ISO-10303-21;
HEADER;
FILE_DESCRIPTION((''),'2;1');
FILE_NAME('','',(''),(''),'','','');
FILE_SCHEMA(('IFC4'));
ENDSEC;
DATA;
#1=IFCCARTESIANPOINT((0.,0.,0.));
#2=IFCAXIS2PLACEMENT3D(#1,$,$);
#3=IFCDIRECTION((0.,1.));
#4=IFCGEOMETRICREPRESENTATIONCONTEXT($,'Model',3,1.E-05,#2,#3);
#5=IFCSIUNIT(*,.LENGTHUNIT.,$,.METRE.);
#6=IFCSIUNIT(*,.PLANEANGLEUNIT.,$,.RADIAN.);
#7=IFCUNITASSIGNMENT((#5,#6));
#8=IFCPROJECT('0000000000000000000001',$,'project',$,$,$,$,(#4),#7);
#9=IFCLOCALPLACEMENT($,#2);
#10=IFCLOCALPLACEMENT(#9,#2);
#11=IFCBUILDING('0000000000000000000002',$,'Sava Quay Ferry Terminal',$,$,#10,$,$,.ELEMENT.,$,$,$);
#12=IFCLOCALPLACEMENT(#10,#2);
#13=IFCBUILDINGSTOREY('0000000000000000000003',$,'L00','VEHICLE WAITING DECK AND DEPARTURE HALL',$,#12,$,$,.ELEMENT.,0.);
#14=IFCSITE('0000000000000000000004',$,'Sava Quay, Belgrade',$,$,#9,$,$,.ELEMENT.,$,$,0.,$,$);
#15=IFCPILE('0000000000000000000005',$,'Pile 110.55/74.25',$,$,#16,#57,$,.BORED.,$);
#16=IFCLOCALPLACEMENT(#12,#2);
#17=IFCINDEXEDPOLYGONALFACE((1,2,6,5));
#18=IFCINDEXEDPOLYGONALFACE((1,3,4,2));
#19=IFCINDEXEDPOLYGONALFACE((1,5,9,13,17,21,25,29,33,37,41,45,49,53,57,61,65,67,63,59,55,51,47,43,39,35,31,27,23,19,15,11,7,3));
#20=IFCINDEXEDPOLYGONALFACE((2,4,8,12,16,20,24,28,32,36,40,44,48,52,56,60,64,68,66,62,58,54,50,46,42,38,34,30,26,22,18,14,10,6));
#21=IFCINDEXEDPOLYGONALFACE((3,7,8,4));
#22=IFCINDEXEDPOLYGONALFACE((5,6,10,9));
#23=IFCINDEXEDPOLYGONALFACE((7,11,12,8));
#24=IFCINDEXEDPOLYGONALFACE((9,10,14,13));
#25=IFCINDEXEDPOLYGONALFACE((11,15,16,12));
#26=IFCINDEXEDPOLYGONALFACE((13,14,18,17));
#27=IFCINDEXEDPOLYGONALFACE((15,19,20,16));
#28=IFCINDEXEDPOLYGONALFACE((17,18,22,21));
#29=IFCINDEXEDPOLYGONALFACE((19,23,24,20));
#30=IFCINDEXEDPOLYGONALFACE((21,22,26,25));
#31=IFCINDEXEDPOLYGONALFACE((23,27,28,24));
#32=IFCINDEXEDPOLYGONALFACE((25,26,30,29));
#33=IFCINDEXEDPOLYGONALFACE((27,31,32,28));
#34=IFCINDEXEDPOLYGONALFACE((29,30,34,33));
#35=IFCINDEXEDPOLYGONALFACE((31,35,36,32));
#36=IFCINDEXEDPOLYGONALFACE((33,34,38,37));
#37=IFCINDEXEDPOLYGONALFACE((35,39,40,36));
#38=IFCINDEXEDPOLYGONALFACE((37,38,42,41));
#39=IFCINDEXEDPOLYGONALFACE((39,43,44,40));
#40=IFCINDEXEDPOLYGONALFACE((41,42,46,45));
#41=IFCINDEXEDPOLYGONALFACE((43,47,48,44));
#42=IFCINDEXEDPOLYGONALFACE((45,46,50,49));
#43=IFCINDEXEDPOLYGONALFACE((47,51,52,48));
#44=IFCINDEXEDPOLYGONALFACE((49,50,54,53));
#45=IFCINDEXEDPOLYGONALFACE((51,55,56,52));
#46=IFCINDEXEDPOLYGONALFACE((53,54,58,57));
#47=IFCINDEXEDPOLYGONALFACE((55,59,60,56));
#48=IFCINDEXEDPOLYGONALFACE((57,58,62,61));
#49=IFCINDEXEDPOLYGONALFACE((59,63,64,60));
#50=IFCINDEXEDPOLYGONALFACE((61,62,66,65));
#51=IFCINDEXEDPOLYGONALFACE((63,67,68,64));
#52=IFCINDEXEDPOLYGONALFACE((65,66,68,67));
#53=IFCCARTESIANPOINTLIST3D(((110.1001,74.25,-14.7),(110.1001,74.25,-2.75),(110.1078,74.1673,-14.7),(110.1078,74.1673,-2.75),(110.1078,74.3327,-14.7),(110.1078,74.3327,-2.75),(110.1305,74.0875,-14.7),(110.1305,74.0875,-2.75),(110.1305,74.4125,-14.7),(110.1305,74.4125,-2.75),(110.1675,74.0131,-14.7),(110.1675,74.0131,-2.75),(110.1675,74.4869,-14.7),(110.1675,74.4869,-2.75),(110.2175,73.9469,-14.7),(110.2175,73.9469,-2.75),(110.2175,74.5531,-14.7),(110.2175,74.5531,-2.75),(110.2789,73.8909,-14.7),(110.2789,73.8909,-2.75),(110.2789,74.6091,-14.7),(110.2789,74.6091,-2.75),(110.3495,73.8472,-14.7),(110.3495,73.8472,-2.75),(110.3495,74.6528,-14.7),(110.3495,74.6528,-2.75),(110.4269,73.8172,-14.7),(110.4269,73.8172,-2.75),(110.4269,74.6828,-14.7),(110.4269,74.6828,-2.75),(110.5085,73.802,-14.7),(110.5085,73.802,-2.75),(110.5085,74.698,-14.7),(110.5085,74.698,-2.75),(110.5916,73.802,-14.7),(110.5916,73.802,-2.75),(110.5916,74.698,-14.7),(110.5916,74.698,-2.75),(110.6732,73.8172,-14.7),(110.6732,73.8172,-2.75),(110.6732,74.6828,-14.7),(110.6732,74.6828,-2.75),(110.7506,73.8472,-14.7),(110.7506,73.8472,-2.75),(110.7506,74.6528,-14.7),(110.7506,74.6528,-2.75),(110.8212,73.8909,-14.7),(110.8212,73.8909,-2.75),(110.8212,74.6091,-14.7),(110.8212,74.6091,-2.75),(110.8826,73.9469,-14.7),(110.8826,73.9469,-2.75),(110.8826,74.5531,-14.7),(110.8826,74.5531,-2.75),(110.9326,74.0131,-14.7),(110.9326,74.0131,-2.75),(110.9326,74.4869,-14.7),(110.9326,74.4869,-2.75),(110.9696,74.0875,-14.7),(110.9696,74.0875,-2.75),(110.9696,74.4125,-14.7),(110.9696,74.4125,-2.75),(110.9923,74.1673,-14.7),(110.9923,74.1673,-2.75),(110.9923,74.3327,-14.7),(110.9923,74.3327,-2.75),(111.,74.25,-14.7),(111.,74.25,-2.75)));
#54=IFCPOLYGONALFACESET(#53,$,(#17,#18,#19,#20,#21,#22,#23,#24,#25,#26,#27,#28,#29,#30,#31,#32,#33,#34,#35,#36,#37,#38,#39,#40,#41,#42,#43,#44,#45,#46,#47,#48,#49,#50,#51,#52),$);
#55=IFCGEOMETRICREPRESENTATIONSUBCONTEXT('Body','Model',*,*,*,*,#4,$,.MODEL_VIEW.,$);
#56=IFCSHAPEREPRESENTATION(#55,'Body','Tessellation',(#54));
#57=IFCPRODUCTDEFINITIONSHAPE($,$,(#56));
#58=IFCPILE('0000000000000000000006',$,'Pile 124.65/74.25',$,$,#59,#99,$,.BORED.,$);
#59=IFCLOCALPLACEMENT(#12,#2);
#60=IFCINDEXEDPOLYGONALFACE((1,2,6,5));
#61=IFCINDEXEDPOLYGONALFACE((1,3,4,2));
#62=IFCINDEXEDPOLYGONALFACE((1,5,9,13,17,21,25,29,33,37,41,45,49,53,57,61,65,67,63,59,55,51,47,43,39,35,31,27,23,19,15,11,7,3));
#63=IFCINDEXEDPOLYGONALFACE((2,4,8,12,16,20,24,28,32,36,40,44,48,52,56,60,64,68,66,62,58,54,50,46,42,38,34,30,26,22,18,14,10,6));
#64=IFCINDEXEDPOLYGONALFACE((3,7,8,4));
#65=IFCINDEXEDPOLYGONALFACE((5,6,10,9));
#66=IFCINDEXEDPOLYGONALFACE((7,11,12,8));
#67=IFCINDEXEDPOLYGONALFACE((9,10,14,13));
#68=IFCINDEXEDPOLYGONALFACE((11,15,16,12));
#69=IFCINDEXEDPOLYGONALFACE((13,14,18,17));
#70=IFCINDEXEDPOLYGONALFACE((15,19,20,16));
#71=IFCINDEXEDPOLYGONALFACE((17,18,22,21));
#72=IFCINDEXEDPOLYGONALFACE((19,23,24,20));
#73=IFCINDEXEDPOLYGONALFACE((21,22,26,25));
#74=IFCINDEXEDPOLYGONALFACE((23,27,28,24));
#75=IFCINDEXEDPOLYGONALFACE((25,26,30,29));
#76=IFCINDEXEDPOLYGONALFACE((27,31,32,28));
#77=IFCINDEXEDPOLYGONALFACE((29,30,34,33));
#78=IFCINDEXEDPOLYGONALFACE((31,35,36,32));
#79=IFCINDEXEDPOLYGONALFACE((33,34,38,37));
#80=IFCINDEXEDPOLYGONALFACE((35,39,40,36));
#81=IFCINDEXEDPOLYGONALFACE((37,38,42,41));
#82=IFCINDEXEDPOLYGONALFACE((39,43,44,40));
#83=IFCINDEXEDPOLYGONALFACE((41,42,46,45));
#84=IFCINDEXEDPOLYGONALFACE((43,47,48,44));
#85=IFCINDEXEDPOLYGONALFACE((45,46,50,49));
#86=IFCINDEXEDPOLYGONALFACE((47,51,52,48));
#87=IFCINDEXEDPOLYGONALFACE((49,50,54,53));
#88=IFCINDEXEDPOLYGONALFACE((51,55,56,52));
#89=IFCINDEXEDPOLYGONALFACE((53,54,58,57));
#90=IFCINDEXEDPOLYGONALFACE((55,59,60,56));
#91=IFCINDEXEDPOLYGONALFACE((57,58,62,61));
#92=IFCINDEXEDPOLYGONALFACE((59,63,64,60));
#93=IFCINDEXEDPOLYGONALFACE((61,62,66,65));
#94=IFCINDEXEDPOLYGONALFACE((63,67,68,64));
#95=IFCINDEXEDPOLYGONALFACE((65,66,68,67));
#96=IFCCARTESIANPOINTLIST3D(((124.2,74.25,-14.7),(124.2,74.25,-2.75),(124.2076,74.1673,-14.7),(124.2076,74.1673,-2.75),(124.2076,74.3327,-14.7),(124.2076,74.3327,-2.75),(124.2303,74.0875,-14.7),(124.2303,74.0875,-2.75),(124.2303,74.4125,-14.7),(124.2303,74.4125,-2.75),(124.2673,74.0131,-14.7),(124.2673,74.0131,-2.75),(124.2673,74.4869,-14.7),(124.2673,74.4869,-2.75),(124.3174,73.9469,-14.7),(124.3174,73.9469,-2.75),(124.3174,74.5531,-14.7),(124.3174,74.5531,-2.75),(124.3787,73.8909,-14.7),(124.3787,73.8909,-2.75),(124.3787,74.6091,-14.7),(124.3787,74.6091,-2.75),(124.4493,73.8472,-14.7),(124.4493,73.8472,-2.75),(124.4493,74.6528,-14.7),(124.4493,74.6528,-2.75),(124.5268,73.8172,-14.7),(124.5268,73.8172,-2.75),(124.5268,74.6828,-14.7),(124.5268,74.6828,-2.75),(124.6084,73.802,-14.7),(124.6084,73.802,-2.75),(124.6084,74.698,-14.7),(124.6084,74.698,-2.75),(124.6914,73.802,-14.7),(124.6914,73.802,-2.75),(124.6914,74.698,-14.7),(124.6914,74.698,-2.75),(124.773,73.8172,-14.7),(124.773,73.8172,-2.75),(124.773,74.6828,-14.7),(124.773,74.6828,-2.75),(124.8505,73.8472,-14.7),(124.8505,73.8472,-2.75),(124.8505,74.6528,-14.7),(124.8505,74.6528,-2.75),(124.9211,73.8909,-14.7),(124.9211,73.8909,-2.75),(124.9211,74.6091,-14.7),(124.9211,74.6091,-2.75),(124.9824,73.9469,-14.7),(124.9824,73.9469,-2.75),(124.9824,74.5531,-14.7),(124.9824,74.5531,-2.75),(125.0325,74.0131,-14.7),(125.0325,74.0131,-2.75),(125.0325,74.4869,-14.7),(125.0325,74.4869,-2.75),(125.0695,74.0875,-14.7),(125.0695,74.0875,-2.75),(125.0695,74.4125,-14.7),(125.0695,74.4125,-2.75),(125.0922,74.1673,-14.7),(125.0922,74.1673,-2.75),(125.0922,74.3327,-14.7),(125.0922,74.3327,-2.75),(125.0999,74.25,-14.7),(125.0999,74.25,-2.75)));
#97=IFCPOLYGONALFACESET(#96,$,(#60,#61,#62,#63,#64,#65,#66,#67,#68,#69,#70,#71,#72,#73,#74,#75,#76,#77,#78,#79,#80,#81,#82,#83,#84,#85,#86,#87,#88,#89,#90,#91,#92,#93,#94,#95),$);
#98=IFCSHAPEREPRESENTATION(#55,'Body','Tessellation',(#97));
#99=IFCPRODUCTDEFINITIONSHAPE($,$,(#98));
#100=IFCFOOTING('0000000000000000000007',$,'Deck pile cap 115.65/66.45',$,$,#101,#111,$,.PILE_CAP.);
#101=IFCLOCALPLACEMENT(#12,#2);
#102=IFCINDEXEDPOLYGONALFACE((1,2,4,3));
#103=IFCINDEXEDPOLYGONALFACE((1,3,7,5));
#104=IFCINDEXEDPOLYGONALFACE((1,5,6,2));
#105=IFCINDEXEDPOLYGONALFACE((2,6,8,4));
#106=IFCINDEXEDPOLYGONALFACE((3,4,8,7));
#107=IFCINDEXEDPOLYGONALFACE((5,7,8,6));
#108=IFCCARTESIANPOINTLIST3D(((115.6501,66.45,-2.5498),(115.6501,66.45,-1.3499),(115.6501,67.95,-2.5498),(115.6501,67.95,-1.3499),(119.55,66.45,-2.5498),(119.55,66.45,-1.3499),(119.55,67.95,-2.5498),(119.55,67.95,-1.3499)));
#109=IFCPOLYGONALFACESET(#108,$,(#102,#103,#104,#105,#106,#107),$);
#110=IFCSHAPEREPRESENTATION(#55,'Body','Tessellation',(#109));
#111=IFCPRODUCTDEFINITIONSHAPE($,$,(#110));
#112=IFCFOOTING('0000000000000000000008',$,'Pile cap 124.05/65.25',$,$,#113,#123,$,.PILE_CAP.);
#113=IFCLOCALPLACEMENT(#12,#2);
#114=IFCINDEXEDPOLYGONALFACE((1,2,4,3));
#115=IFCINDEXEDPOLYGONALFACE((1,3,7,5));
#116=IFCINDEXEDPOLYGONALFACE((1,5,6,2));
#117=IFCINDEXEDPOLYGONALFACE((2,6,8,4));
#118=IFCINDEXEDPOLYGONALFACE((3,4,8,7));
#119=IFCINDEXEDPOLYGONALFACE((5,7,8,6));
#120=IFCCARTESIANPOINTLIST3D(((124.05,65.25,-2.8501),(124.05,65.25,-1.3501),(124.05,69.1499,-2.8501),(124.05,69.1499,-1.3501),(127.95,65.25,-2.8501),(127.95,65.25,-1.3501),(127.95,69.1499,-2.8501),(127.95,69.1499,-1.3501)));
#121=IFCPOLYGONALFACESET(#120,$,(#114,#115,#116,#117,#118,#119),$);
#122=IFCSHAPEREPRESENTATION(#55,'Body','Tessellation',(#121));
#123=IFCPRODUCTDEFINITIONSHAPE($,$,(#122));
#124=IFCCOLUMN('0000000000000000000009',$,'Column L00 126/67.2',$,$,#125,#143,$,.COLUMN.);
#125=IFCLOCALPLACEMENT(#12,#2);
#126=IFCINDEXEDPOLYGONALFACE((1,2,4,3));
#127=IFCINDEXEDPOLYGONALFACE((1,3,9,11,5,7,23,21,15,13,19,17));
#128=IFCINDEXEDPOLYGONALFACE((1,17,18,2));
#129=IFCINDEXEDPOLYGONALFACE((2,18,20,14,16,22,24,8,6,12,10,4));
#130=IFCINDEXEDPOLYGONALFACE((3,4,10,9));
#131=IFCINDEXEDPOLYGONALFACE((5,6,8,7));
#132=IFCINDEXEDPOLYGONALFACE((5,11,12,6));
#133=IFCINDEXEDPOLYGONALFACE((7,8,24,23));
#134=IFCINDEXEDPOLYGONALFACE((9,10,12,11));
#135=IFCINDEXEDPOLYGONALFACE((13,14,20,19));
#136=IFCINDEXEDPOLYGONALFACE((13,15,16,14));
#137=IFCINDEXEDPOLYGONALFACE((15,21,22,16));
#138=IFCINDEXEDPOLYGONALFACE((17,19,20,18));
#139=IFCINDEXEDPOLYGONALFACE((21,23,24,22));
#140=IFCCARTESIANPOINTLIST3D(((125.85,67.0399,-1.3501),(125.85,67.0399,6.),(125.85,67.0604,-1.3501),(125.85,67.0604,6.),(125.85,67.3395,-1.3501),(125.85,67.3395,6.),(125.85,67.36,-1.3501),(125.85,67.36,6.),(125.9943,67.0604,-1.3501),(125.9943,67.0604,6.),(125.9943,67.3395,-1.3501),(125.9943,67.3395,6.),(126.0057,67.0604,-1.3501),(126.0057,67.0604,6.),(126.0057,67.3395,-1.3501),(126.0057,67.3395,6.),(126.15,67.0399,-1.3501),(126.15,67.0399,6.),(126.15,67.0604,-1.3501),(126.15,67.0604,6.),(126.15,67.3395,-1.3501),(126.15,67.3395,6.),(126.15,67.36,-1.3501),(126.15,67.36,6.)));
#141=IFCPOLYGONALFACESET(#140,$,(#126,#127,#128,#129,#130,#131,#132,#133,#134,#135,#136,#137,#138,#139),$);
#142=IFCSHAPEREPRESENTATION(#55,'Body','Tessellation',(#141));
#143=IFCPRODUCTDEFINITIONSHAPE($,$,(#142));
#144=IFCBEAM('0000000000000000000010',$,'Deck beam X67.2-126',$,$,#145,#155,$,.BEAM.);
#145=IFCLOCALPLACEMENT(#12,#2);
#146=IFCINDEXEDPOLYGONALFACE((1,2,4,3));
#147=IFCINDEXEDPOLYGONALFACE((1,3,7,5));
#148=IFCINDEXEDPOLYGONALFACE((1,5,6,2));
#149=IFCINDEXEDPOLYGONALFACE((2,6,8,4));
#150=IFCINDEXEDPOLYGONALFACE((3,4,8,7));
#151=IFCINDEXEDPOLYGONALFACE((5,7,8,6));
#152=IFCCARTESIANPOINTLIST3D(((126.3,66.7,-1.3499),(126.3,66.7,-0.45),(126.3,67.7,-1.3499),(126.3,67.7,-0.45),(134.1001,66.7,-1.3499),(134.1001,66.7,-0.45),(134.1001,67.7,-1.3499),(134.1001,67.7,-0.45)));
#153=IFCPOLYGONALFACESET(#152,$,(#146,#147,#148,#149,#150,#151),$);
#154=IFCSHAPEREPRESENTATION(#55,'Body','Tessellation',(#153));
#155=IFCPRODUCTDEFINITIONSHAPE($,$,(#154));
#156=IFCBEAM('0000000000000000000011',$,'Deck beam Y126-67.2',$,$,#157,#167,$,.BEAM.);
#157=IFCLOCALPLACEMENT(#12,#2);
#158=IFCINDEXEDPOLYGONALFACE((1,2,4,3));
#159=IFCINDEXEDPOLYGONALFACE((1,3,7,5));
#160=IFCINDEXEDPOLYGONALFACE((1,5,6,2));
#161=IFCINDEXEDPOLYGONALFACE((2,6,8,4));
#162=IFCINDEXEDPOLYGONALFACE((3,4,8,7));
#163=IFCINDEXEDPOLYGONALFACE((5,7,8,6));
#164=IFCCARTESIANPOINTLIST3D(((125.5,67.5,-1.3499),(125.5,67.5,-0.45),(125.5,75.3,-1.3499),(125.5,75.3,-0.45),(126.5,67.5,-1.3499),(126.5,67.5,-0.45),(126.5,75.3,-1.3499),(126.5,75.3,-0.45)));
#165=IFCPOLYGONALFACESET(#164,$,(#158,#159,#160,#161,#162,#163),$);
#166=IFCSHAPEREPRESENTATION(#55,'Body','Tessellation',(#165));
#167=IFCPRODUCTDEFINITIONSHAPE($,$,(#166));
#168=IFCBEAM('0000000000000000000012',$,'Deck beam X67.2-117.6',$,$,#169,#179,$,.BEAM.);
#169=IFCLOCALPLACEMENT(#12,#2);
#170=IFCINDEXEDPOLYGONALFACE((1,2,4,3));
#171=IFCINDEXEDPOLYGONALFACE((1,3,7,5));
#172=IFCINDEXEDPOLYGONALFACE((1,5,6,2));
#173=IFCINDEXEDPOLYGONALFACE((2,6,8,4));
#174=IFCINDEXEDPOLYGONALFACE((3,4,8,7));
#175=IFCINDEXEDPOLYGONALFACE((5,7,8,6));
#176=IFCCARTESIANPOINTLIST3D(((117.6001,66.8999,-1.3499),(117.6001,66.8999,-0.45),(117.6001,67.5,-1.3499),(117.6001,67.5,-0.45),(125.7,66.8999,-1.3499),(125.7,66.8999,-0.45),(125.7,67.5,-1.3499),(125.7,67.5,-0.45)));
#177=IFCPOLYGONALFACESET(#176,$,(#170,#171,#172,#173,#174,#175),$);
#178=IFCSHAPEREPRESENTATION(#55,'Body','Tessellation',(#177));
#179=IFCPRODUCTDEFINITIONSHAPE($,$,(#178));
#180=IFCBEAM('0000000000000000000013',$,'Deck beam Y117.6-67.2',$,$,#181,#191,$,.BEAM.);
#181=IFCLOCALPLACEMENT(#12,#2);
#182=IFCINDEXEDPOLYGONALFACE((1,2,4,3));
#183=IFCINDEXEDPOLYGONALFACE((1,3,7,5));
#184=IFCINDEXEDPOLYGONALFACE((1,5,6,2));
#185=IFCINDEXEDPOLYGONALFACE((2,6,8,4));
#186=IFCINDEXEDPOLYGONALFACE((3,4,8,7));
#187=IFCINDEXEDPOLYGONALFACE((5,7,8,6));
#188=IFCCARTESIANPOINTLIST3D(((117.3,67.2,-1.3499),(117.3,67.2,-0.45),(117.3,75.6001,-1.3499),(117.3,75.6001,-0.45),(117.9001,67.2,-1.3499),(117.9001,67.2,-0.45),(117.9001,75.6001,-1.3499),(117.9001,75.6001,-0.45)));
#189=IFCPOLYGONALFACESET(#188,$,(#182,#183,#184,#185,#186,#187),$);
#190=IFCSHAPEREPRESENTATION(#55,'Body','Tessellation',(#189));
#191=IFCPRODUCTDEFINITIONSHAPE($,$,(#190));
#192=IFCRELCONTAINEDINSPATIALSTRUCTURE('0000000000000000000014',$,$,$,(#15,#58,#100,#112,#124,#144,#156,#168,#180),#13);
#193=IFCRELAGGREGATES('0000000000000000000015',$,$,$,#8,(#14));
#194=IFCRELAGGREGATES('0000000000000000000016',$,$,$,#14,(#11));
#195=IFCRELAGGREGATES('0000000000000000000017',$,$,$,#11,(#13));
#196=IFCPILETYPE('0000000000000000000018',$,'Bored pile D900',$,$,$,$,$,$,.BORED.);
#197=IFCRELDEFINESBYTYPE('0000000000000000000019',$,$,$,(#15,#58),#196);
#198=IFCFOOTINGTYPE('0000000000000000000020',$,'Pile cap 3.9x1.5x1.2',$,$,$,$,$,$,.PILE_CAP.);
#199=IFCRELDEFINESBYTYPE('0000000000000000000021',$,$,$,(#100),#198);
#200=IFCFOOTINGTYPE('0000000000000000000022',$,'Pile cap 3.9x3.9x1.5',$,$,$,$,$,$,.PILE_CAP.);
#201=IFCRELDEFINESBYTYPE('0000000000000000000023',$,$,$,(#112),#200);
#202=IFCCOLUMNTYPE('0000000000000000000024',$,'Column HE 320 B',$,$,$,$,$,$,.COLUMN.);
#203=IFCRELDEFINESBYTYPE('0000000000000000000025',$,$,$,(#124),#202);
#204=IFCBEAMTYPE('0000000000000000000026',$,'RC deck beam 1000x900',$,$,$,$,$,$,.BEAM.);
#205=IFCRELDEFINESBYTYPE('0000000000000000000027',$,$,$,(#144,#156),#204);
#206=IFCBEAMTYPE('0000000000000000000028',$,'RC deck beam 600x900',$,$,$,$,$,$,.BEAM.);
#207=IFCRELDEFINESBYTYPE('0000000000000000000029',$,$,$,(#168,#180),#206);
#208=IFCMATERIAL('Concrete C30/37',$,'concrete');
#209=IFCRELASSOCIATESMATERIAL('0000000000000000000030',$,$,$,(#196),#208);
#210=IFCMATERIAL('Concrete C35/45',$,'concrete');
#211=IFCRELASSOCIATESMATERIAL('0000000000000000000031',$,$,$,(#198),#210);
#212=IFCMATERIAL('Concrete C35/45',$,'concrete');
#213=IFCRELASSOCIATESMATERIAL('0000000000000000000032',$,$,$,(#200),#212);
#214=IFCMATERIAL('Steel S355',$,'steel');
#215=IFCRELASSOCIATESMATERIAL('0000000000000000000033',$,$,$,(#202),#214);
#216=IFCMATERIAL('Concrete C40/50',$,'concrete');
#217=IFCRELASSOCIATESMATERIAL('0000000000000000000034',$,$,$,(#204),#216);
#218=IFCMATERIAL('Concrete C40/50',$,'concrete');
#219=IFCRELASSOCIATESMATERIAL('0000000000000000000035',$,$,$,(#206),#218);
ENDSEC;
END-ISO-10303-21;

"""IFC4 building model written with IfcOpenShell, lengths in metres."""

from ifc_helpers import new_model, si_unit, direction, frame, origin, origin_2d, place, context, subcontext, project, spatial, rectangle, circle, i_section, extrude, material, material_profile, profile_set, type_object, element, save


model = new_model("IFC4")

# Units and contexts
model_context = context("Model", 3, precision=1e-05, world=origin(), true_north=direction((0.0, 1.0)))
body_context = subcontext(model_context, "Body", "Model", "MODEL_VIEW")
ifc_project = project(units=[si_unit("LENGTHUNIT", "METRE"), si_unit("PLANEANGLEUNIT", "RADIAN")], contexts=[model_context])

# Site, building, storey
site_placement = place(None, origin())
site = spatial("IfcSite", under=ifc_project, at=site_placement, Name="Sava Quay, Belgrade", CompositionType="ELEMENT", RefElevation=0.0)
building_placement = place(site_placement, origin())
building = spatial("IfcBuilding", under=site, at=building_placement, Name="Sava Quay Ferry Terminal", CompositionType="ELEMENT")
storey_placement = place(building_placement, origin())
storey = spatial("IfcBuildingStorey", under=building, at=storey_placement, Name="L00", Description="VEHICLE WAITING DECK AND DEPARTURE HALL", CompositionType="ELEMENT", Elevation=0.0)

# Piles
ifc_material_1 = material(Name="Concrete C30/37", Category="concrete")
ifc_material_profile_1 = material_profile(ifc_material_1, circle(Radius=0.45, at=origin_2d()), Name="Bored pile D900")
ifc_profile_set_1 = profile_set([ifc_material_profile_1], Name="Concrete C30/37")
pile_type = type_object("IfcPileType", Name="Bored pile D900", PredefinedType="BORED", material=ifc_profile_set_1)
for number, where, z_axis, x_axis, name in (
    (1, (110.55, 74.25, -2.75), (0.0, 0.0, -1.0), (1.0, 0.0, 0.0), "Pile 110.55/74.25"),
    (2, (124.6499, 74.25, -2.75), (0.0, 0.0, -1.0), (1.0, 0.0, 0.0), "Pile 124.65/74.25"),
):
    element("IfcPile", number, at=place(storey_placement, frame(where, z_axis=z_axis, x_axis=x_axis)), inside=storey, type_object=pile_type, Name=name, PredefinedType="BORED", context=body_context, shape_type="SweptSolid", body=[
        extrude(circle(Radius=0.45, at=origin_2d()), origin(), (0.0, 0.0, 1.0), 11.95),
    ])

# Footings
ifc_material_2 = material(Name="Concrete C35/45", Category="concrete")
footing_type_1 = type_object("IfcFootingType", Name="Pile cap 3.9x1.5x1.2", PredefinedType="PILE_CAP", material=ifc_material_2)
footing_1_placement = place(storey_placement, frame((117.6001, 67.2, -2.5498), z_axis=(0.0, 0.0, 1.0), x_axis=(1.0, 0.0, 0.0)))
element("IfcFooting", 3, at=footing_1_placement, inside=storey, type_object=footing_type_1, Name="Deck pile cap 115.65/66.45", PredefinedType="PILE_CAP", context=body_context, shape_type="SweptSolid", body=[
    extrude(rectangle(XDim=3.8999, YDim=1.5, at=origin_2d()), origin(), (0.0, 0.0, 1.0), 1.2),
])
ifc_material_3 = material(Name="Concrete C35/45", Category="concrete")
footing_type_2 = type_object("IfcFootingType", Name="Pile cap 3.9x3.9x1.5", PredefinedType="PILE_CAP", material=ifc_material_3)
footing_2_placement = place(storey_placement, frame((126.0, 67.2, -2.8501), z_axis=(0.0, 0.0, 1.0), x_axis=(1.0, 0.0, 0.0)))
element("IfcFooting", 4, at=footing_2_placement, inside=storey, type_object=footing_type_2, Name="Pile cap 124.05/65.25", PredefinedType="PILE_CAP", context=body_context, shape_type="SweptSolid", body=[
    extrude(rectangle(XDim=3.8999, YDim=3.8999, at=origin_2d()), origin(), (0.0, 0.0, 1.0), 1.5),
])

# Column
ifc_material_4 = material(Name="Steel S355", Category="steel")
ifc_material_profile_2 = material_profile(ifc_material_4, i_section(OverallWidth=0.3, OverallDepth=0.3201, WebThickness=0.0115, FlangeThickness=0.0205, at=origin_2d()), Name="HE 320 B")
ifc_profile_set_2 = profile_set([ifc_material_profile_2], Name="Steel S355")
column_type = type_object("IfcColumnType", Name="Column HE 320 B", PredefinedType="COLUMN", material=ifc_profile_set_2)
column_placement = place(storey_placement, frame((126.0, 67.2, -1.3501), z_axis=(0.0, 0.0, 1.0), x_axis=(1.0, 0.0, 0.0)))
element("IfcColumn", 5, at=column_placement, inside=storey, type_object=column_type, Name="Column L00 126/67.2", PredefinedType="COLUMN", context=body_context, shape_type="SweptSolid", body=[
    extrude(i_section(OverallWidth=0.3, OverallDepth=0.3201, WebThickness=0.0115, FlangeThickness=0.0205, at=origin_2d()), origin(), (0.0, 0.0, 1.0), 7.3501),
])

# Beams
ifc_material_5 = material(Name="Concrete C40/50", Category="concrete")
ifc_material_profile_3 = material_profile(ifc_material_5, rectangle(XDim=1.0, YDim=0.8999, at=origin_2d()), Name="RC 1000x900")
ifc_profile_set_3 = profile_set([ifc_material_profile_3], Name="Concrete C40/50")
beam_type_1 = type_object("IfcBeamType", Name="RC deck beam 1000x900", PredefinedType="BEAM", material=ifc_profile_set_3)
for number, where, z_axis, x_axis, name in (
    (6, (126.3, 67.2, -0.8999), (1.0, 0.0, 0.0), (0.0, 1.0, 0.0), "Deck beam X67.2-126"),
    (7, (126.0, 67.5, -0.8999), (0.0, 1.0, 0.0), (-1.0, 0.0, 0.0), "Deck beam Y126-67.2"),
):
    element("IfcBeam", number, at=place(storey_placement, frame(where, z_axis=z_axis, x_axis=x_axis)), inside=storey, type_object=beam_type_1, Name=name, PredefinedType="BEAM", context=body_context, shape_type="SweptSolid", body=[
        extrude(rectangle(XDim=1.0, YDim=0.8999, at=origin_2d()), origin(), (0.0, 0.0, 1.0), 7.8),
    ])
ifc_material_6 = material(Name="Concrete C40/50", Category="concrete")
ifc_material_profile_4 = material_profile(ifc_material_6, rectangle(XDim=0.6001, YDim=0.8999, at=origin_2d()), Name="RC 600x900")
ifc_profile_set_4 = profile_set([ifc_material_profile_4], Name="Concrete C40/50")
beam_type_2 = type_object("IfcBeamType", Name="RC deck beam 600x900", PredefinedType="BEAM", material=ifc_profile_set_4)
beam_1_placement = place(storey_placement, frame((117.6001, 67.2, -0.8999), z_axis=(1.0, 0.0, 0.0), x_axis=(0.0, 1.0, 0.0)))
element("IfcBeam", 8, at=beam_1_placement, inside=storey, type_object=beam_type_2, Name="Deck beam X67.2-117.6", PredefinedType="BEAM", context=body_context, shape_type="SweptSolid", body=[
    extrude(rectangle(XDim=0.6001, YDim=0.8999, at=origin_2d()), origin(), (0.0, 0.0, 1.0), 8.0999),
])
beam_2_placement = place(storey_placement, frame((117.6001, 67.2, -0.8999), z_axis=(0.0, 1.0, 0.0), x_axis=(-1.0, 0.0, 0.0)))
element("IfcBeam", 9, at=beam_2_placement, inside=storey, type_object=beam_type_2, Name="Deck beam Y117.6-67.2", PredefinedType="BEAM", context=body_context, shape_type="SweptSolid", body=[
    extrude(rectangle(XDim=0.6001, YDim=0.8999, at=origin_2d()), origin(), (0.0, 0.0, 1.0), 8.4001),
])

save(model, "model.ifc")
